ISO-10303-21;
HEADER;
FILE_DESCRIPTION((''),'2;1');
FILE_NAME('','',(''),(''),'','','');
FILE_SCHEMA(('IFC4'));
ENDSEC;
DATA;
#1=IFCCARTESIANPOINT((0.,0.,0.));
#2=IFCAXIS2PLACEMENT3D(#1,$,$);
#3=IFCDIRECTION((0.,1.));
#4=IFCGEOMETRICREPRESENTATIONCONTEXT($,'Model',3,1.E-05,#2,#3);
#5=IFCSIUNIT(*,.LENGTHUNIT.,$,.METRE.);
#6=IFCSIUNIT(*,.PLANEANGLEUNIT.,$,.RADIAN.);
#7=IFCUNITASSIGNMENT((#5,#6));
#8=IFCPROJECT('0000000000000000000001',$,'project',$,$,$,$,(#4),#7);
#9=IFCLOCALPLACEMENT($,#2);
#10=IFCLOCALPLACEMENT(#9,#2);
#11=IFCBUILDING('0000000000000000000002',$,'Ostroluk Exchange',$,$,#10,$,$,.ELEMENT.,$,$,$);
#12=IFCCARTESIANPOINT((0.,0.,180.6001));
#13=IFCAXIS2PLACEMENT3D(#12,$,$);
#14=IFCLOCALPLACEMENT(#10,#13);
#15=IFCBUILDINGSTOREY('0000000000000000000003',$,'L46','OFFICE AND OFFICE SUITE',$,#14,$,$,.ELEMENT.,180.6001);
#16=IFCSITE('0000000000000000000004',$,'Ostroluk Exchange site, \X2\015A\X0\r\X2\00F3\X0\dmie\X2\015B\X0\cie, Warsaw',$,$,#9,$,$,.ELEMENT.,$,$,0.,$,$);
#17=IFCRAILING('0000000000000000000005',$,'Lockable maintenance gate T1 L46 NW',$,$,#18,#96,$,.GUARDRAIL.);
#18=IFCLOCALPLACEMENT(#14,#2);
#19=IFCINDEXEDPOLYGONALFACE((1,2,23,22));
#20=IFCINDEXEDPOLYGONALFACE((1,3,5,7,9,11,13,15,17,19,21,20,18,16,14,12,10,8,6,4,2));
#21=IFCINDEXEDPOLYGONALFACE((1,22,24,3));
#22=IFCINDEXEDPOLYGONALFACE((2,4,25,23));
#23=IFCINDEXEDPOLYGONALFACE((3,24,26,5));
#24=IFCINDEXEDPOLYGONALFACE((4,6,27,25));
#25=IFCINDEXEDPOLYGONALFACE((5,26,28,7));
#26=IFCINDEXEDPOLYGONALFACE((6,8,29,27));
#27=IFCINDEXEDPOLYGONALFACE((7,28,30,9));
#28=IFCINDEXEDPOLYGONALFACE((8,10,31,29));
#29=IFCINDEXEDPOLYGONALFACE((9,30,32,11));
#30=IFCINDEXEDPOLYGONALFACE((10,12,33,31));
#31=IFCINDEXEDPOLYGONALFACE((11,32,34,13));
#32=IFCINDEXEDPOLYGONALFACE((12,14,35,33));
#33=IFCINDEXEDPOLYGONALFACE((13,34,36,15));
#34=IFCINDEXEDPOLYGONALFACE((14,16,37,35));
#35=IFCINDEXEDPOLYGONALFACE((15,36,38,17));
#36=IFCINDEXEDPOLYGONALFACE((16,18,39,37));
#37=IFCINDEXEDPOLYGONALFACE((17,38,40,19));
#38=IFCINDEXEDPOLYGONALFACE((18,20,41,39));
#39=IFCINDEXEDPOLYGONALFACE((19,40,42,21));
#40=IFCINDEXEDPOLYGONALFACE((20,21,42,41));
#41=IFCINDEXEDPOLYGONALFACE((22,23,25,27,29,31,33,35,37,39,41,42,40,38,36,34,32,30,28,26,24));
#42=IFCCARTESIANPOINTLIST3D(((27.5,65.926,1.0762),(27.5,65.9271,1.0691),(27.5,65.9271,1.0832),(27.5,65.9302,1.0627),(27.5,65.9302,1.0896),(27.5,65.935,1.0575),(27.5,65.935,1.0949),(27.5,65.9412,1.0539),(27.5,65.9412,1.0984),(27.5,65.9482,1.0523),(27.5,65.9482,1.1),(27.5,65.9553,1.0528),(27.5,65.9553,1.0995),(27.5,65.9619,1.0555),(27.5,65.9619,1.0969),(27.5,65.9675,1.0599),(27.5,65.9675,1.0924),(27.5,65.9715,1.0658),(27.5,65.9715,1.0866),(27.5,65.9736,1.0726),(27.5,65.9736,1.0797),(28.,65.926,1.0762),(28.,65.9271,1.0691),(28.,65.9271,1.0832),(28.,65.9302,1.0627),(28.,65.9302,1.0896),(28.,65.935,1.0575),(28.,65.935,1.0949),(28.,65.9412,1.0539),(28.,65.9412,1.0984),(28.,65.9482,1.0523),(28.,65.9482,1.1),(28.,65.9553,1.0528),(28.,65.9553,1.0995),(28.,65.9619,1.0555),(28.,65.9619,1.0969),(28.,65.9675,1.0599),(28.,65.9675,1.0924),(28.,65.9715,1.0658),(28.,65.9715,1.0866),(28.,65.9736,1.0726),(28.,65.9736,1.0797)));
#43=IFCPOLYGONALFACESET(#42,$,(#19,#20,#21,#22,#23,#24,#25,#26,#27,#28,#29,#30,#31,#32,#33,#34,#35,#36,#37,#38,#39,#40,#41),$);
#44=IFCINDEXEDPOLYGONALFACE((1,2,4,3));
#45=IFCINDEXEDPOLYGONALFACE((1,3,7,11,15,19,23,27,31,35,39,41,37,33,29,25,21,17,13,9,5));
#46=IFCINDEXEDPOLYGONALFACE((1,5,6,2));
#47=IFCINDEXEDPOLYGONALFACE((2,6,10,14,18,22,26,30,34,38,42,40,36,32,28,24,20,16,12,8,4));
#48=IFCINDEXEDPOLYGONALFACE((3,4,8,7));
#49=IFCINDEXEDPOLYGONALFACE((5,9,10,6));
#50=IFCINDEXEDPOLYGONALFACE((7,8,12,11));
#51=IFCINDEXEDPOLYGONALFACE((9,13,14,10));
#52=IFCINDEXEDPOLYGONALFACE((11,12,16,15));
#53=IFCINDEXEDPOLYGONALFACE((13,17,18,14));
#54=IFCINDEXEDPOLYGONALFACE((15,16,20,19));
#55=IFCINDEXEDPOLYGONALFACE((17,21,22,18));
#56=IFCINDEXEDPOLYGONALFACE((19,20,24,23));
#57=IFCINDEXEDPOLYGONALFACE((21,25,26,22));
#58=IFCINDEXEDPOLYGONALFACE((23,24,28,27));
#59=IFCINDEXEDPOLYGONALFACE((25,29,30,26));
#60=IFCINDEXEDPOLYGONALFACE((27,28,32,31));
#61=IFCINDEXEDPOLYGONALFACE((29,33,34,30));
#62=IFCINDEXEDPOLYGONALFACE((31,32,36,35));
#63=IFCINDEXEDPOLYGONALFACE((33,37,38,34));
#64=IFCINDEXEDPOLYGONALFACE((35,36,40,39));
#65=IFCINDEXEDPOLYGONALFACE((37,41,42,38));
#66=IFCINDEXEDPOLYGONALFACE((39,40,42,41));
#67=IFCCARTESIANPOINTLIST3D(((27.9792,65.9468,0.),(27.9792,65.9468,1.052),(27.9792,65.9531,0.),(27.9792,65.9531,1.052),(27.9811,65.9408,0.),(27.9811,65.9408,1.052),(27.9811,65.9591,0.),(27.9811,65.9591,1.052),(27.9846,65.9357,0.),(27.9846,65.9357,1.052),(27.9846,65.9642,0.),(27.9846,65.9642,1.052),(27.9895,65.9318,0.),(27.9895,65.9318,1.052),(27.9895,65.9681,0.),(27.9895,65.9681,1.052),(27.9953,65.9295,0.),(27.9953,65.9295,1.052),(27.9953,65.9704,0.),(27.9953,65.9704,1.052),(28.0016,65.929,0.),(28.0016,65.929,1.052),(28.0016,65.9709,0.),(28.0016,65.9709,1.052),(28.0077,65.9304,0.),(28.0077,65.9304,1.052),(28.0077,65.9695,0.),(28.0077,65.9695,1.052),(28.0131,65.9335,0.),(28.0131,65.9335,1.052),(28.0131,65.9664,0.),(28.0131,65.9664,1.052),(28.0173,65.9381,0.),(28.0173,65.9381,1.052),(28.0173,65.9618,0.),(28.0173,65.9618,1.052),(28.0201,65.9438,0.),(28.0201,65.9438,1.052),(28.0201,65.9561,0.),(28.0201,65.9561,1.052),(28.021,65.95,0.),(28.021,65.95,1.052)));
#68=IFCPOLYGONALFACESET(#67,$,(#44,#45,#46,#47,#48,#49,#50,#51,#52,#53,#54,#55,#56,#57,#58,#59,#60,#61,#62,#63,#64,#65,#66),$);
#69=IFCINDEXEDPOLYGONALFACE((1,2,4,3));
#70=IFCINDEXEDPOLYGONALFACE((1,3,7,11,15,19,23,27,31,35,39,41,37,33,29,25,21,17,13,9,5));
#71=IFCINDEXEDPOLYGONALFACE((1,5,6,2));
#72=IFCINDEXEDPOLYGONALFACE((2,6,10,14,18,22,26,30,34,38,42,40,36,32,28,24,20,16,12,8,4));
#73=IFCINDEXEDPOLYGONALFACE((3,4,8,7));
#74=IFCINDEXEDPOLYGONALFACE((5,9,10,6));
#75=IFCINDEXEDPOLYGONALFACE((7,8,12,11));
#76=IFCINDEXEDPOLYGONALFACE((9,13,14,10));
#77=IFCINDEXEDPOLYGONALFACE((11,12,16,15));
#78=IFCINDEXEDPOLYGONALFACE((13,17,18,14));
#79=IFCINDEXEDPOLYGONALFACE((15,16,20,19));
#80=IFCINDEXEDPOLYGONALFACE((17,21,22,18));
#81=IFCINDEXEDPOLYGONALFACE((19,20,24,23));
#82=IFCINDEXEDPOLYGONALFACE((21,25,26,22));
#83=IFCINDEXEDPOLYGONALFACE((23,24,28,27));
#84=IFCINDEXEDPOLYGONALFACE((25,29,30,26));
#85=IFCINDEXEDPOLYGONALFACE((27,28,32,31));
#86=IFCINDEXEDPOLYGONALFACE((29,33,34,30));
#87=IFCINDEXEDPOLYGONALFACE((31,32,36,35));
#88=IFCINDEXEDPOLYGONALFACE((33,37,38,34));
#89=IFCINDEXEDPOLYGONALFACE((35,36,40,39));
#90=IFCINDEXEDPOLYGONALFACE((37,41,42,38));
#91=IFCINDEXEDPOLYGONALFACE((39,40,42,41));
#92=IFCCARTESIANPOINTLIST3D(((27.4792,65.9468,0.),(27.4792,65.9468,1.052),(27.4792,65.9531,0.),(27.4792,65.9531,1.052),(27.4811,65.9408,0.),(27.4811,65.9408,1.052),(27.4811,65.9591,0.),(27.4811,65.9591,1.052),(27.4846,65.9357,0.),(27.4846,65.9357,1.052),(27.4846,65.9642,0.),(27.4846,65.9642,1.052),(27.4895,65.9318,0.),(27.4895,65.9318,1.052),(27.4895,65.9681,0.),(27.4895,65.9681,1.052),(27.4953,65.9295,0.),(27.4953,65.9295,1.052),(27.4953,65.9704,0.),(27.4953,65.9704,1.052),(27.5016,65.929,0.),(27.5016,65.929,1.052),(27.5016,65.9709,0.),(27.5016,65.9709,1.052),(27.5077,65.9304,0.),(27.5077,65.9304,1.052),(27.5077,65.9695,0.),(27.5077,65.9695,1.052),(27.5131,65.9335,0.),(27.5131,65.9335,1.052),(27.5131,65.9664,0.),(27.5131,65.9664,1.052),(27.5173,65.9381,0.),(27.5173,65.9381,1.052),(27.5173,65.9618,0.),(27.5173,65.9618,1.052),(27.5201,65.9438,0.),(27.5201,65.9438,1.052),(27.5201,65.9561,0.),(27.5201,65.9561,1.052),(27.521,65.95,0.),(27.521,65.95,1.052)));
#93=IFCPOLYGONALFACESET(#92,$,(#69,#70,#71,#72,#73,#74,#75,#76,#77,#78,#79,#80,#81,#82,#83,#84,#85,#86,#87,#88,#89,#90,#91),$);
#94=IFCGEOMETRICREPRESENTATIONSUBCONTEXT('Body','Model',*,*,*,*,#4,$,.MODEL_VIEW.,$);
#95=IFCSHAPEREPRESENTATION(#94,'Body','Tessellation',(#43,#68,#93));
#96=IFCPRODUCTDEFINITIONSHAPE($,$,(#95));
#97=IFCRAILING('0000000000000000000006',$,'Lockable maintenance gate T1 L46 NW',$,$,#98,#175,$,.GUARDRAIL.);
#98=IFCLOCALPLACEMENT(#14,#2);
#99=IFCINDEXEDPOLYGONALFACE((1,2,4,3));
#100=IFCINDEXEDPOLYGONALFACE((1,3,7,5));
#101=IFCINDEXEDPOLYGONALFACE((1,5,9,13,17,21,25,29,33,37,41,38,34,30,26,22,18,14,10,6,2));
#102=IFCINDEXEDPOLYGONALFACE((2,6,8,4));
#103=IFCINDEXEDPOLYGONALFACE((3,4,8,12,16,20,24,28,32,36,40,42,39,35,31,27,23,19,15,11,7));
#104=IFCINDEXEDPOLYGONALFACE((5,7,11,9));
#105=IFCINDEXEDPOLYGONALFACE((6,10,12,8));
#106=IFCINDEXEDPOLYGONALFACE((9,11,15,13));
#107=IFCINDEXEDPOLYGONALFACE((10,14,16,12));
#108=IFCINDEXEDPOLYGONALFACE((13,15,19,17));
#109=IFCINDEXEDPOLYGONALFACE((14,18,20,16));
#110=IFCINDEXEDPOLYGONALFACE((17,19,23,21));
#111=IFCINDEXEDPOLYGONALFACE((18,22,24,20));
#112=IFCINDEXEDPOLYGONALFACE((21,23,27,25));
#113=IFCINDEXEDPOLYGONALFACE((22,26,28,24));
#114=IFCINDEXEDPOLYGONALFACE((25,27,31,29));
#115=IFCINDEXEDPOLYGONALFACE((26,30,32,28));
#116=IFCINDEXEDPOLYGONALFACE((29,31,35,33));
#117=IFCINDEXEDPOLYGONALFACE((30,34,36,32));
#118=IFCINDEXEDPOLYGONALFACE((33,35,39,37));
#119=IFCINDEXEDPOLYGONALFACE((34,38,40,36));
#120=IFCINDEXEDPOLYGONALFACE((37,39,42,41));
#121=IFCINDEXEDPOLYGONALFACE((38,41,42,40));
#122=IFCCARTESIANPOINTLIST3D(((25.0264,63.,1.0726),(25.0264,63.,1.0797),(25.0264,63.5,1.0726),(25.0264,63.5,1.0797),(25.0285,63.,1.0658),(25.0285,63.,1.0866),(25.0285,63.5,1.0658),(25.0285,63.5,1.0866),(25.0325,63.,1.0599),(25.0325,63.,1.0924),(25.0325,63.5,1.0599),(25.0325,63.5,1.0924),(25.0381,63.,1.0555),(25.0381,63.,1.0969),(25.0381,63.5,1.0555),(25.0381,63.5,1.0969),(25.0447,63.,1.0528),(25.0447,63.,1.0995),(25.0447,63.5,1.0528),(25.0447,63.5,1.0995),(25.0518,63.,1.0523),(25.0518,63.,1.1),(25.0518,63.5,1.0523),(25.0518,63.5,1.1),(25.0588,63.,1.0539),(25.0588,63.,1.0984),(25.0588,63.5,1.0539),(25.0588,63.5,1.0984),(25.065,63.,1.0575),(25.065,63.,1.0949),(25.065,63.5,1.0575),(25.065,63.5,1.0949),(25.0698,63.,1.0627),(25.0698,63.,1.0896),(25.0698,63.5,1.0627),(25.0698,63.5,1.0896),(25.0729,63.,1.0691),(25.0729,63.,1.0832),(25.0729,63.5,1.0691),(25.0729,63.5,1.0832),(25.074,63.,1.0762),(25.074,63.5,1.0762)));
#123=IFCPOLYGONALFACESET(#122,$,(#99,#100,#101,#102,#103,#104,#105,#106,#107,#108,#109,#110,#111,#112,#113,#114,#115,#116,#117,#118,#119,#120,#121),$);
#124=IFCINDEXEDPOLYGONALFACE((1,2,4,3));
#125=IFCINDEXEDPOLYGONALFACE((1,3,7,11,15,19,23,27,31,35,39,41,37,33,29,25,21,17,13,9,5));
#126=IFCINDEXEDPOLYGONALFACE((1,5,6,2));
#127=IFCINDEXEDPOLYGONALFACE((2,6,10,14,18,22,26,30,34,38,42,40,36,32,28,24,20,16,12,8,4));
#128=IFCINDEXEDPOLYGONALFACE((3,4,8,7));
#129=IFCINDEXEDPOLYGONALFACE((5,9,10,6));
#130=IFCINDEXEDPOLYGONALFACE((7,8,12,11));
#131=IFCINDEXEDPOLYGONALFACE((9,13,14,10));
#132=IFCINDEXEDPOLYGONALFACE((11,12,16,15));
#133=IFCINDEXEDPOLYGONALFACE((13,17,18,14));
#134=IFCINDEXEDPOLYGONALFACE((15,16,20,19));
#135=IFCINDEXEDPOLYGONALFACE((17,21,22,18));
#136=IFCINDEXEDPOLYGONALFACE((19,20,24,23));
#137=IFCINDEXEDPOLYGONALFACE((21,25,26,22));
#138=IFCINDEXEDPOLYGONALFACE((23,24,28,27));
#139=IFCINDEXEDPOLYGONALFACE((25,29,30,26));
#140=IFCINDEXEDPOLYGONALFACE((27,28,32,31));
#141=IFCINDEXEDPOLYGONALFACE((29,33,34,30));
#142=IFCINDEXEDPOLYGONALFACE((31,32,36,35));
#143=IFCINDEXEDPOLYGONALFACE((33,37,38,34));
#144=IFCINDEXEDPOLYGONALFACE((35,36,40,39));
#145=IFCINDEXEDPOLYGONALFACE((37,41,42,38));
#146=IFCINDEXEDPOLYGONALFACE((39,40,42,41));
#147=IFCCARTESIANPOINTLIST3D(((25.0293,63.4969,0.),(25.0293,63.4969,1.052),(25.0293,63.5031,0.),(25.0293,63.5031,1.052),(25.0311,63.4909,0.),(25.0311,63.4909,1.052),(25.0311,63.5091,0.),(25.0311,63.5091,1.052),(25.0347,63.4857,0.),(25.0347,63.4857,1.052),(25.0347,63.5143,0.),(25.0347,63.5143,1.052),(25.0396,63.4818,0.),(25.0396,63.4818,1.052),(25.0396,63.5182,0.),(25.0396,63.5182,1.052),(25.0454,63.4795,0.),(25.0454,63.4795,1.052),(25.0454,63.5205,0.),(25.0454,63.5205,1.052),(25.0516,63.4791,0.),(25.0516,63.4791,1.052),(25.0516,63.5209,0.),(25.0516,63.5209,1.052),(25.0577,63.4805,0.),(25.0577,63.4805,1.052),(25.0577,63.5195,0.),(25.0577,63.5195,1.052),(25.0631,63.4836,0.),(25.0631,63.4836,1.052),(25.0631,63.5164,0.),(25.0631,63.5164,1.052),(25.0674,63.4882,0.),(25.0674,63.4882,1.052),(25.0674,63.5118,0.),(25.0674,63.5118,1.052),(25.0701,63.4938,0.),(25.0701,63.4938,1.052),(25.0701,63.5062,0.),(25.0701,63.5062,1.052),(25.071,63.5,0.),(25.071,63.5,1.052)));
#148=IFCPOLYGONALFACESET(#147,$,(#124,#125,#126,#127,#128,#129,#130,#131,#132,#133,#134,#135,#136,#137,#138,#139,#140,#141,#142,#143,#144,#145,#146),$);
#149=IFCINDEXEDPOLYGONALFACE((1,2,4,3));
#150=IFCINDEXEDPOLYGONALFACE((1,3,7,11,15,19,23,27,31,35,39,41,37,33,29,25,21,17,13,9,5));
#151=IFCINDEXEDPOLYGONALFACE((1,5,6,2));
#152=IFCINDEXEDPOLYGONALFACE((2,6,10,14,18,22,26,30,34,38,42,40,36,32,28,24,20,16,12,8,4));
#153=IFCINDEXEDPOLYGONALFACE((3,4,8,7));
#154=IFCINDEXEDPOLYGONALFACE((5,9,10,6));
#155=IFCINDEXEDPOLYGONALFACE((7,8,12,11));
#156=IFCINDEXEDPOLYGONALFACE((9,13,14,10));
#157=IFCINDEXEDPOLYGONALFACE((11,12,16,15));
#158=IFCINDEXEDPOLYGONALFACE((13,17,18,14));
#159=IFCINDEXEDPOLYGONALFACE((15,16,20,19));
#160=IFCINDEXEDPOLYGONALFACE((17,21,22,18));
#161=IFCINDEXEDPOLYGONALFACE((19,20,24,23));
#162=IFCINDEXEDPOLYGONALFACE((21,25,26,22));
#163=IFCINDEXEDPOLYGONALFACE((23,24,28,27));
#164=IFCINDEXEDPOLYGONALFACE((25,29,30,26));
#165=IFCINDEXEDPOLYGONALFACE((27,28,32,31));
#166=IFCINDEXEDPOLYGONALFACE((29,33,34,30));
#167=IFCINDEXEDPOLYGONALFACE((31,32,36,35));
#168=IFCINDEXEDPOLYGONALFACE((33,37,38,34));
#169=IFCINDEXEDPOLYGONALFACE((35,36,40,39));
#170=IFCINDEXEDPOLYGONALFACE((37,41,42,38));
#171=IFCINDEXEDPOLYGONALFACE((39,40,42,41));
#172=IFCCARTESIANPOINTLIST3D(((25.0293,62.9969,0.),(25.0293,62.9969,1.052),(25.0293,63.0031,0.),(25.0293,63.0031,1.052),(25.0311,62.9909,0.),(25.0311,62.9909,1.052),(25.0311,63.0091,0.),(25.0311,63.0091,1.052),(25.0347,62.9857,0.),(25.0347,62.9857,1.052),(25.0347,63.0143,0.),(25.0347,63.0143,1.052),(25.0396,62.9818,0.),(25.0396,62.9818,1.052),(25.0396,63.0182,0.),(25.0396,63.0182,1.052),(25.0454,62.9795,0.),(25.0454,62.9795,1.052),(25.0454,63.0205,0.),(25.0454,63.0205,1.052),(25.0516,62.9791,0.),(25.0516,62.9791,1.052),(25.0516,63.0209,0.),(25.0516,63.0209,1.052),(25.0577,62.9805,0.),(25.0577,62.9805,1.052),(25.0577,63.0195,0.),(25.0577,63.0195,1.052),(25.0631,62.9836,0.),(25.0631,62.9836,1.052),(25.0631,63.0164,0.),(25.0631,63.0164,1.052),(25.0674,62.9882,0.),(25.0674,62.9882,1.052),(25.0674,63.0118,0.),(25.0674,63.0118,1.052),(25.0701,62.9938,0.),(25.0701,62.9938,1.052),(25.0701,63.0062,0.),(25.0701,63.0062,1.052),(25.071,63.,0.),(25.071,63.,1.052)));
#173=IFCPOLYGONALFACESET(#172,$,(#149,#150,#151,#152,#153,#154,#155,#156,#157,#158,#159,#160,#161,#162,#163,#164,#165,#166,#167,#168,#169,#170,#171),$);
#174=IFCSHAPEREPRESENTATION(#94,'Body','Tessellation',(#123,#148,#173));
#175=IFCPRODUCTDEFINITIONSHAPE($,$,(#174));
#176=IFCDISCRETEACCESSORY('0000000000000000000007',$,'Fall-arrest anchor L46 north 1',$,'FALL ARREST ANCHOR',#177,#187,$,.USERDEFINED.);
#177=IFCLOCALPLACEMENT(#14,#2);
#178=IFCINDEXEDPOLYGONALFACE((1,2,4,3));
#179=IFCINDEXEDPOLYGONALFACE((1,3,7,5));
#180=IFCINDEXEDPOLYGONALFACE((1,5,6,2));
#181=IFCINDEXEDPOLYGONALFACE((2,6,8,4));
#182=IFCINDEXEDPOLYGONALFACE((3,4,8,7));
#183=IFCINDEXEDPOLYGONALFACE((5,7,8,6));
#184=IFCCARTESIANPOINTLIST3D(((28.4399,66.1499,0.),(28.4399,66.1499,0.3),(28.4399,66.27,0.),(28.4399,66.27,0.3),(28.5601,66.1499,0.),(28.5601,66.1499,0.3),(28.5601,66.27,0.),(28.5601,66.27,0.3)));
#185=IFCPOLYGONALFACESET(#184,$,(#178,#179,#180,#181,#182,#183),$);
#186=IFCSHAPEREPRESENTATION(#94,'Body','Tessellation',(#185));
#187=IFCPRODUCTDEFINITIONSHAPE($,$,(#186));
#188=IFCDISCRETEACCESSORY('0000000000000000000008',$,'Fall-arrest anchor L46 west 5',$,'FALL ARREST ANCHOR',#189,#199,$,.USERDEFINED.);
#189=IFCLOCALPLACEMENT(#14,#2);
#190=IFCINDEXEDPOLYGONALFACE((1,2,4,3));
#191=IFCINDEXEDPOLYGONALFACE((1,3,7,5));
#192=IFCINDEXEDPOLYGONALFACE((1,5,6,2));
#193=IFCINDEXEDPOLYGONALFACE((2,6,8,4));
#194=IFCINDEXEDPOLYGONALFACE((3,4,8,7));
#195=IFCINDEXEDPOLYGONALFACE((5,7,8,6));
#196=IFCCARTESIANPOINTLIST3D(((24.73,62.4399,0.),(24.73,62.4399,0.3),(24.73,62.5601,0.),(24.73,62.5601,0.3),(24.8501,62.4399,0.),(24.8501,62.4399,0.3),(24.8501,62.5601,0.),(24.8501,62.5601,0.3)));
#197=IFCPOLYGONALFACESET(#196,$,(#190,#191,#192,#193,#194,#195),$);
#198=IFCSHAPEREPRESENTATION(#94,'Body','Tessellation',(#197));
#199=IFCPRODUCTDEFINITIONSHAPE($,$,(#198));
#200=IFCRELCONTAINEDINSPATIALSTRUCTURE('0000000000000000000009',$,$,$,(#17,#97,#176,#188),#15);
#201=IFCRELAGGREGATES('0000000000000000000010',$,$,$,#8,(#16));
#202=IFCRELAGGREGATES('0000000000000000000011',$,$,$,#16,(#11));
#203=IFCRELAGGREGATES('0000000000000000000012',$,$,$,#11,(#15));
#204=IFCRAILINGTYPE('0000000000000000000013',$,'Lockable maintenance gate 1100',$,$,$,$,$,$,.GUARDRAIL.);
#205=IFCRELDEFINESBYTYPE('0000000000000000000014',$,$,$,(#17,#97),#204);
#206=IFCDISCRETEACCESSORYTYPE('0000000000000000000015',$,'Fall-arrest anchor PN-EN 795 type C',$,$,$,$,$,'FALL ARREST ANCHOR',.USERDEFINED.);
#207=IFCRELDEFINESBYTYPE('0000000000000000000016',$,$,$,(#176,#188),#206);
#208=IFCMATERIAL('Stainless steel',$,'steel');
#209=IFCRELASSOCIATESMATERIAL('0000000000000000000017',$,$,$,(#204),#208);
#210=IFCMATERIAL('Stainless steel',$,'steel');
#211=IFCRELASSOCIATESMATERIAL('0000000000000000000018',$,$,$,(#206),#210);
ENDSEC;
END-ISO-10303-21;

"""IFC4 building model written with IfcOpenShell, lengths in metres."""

from ifc_helpers import new_model, si_unit, direction, frame, origin, origin_2d, place, context, subcontext, project, spatial, rectangle, circle, extrude, material, type_object, element, save


model = new_model("IFC4")

# Units and contexts
model_context = context("Model", 3, precision=1e-05, world=origin(), true_north=direction((0.0, 1.0)))
body_context = subcontext(model_context, "Body", "Model", "MODEL_VIEW")
ifc_project = project(units=[si_unit("LENGTHUNIT", "METRE"), si_unit("PLANEANGLEUNIT", "RADIAN")], contexts=[model_context])

# Site, building, storey
site_placement = place(None, origin())
site = spatial("IfcSite", under=ifc_project, at=site_placement, Name="Ostroluk Exchange site, Śródmieście, Warsaw", CompositionType="ELEMENT", RefElevation=0.0)
building_placement = place(site_placement, origin())
building = spatial("IfcBuilding", under=site, at=building_placement, Name="Ostroluk Exchange", CompositionType="ELEMENT")
storey_placement = place(building_placement, frame((0.0, 0.0, 180.6001)))
storey = spatial("IfcBuildingStorey", under=building, at=storey_placement, Name="L46", Description="OFFICE AND OFFICE SUITE", CompositionType="ELEMENT", Elevation=180.6001)

# Railings
ifc_material_1 = material(Name="Stainless steel", Category="steel")
railing_type_1 = type_object("IfcRailingType", Name="Lockable maintenance gate 1100", PredefinedType="GUARDRAIL", material=ifc_material_1)
railing_1_placement = place(storey_placement, frame((28.0, 65.95, 0.0)))
element("IfcRailing", 1, at=railing_1_placement, inside=storey, type_object=railing_type_1, Name="Lockable maintenance gate T1 L46 NW", PredefinedType="GUARDRAIL", context=body_context, shape_type="SweptSolid", body=[
    extrude(circle(Radius=0.0239, at=origin_2d()), frame((0.0, 0.0, 1.0762), z_axis=(-1.0, 0.0, 0.0), x_axis=(0.0, -1.0, 0.0)), (0.0, 0.0, 1.0), 0.5),
    extrude(circle(Radius=0.021, at=origin_2d()), origin(), (0.0, 0.0, 1.0), 1.052),
    extrude(circle(Radius=0.021, at=origin_2d()), frame((-0.5, 0.0, 0.0)), (0.0, 0.0, 1.0), 1.052),
])
railing_2_placement = place(storey_placement, frame((25.05, 63.5, 0.0)))
element("IfcRailing", 2, at=railing_2_placement, inside=storey, type_object=railing_type_1, Name="Lockable maintenance gate T1 L46 NW", PredefinedType="GUARDRAIL", context=body_context, shape_type="SweptSolid", body=[
    extrude(circle(Radius=0.0239, at=origin_2d()), frame((0.0, 0.0, 1.0762), z_axis=(0.0, -1.0, 0.0), x_axis=(1.0, 0.0, 0.0)), (0.0, 0.0, 1.0), 0.5),
    extrude(circle(Radius=0.021, at=origin_2d()), origin(), (0.0, 0.0, 1.0), 1.052),
    extrude(circle(Radius=0.021, at=origin_2d()), frame((0.0, -0.5, 0.0)), (0.0, 0.0, 1.0), 1.052),
])

# Discrete accessories
ifc_material_2 = material(Name="Stainless steel", Category="steel")
discrete_accessory_type = type_object("IfcDiscreteAccessoryType", Name="Fall-arrest anchor PN-EN 795 type C", ElementType="FALL ARREST ANCHOR", PredefinedType="USERDEFINED", material=ifc_material_2)
for number, where, z_axis, x_axis, name in (
    (3, (28.5, 66.21, 0.0), (0.0, 0.0, 1.0), (1.0, 0.0, 0.0), "Fall-arrest anchor L46 north 1"),
    (4, (24.79, 62.5, 0.0), (0.0, 0.0, 1.0), (1.0, 0.0, 0.0), "Fall-arrest anchor L46 west 5"),
):
    element("IfcDiscreteAccessory", number, at=place(storey_placement, frame(where, z_axis=z_axis, x_axis=x_axis)), inside=storey, type_object=discrete_accessory_type, Name=name, ObjectType="FALL ARREST ANCHOR", PredefinedType="USERDEFINED", context=body_context, shape_type="SweptSolid", body=[
        extrude(rectangle(XDim=0.1201, YDim=0.1201, at=origin_2d()), origin(), (0.0, 0.0, 1.0), 0.3),
    ])

save(model, "model.ifc")
